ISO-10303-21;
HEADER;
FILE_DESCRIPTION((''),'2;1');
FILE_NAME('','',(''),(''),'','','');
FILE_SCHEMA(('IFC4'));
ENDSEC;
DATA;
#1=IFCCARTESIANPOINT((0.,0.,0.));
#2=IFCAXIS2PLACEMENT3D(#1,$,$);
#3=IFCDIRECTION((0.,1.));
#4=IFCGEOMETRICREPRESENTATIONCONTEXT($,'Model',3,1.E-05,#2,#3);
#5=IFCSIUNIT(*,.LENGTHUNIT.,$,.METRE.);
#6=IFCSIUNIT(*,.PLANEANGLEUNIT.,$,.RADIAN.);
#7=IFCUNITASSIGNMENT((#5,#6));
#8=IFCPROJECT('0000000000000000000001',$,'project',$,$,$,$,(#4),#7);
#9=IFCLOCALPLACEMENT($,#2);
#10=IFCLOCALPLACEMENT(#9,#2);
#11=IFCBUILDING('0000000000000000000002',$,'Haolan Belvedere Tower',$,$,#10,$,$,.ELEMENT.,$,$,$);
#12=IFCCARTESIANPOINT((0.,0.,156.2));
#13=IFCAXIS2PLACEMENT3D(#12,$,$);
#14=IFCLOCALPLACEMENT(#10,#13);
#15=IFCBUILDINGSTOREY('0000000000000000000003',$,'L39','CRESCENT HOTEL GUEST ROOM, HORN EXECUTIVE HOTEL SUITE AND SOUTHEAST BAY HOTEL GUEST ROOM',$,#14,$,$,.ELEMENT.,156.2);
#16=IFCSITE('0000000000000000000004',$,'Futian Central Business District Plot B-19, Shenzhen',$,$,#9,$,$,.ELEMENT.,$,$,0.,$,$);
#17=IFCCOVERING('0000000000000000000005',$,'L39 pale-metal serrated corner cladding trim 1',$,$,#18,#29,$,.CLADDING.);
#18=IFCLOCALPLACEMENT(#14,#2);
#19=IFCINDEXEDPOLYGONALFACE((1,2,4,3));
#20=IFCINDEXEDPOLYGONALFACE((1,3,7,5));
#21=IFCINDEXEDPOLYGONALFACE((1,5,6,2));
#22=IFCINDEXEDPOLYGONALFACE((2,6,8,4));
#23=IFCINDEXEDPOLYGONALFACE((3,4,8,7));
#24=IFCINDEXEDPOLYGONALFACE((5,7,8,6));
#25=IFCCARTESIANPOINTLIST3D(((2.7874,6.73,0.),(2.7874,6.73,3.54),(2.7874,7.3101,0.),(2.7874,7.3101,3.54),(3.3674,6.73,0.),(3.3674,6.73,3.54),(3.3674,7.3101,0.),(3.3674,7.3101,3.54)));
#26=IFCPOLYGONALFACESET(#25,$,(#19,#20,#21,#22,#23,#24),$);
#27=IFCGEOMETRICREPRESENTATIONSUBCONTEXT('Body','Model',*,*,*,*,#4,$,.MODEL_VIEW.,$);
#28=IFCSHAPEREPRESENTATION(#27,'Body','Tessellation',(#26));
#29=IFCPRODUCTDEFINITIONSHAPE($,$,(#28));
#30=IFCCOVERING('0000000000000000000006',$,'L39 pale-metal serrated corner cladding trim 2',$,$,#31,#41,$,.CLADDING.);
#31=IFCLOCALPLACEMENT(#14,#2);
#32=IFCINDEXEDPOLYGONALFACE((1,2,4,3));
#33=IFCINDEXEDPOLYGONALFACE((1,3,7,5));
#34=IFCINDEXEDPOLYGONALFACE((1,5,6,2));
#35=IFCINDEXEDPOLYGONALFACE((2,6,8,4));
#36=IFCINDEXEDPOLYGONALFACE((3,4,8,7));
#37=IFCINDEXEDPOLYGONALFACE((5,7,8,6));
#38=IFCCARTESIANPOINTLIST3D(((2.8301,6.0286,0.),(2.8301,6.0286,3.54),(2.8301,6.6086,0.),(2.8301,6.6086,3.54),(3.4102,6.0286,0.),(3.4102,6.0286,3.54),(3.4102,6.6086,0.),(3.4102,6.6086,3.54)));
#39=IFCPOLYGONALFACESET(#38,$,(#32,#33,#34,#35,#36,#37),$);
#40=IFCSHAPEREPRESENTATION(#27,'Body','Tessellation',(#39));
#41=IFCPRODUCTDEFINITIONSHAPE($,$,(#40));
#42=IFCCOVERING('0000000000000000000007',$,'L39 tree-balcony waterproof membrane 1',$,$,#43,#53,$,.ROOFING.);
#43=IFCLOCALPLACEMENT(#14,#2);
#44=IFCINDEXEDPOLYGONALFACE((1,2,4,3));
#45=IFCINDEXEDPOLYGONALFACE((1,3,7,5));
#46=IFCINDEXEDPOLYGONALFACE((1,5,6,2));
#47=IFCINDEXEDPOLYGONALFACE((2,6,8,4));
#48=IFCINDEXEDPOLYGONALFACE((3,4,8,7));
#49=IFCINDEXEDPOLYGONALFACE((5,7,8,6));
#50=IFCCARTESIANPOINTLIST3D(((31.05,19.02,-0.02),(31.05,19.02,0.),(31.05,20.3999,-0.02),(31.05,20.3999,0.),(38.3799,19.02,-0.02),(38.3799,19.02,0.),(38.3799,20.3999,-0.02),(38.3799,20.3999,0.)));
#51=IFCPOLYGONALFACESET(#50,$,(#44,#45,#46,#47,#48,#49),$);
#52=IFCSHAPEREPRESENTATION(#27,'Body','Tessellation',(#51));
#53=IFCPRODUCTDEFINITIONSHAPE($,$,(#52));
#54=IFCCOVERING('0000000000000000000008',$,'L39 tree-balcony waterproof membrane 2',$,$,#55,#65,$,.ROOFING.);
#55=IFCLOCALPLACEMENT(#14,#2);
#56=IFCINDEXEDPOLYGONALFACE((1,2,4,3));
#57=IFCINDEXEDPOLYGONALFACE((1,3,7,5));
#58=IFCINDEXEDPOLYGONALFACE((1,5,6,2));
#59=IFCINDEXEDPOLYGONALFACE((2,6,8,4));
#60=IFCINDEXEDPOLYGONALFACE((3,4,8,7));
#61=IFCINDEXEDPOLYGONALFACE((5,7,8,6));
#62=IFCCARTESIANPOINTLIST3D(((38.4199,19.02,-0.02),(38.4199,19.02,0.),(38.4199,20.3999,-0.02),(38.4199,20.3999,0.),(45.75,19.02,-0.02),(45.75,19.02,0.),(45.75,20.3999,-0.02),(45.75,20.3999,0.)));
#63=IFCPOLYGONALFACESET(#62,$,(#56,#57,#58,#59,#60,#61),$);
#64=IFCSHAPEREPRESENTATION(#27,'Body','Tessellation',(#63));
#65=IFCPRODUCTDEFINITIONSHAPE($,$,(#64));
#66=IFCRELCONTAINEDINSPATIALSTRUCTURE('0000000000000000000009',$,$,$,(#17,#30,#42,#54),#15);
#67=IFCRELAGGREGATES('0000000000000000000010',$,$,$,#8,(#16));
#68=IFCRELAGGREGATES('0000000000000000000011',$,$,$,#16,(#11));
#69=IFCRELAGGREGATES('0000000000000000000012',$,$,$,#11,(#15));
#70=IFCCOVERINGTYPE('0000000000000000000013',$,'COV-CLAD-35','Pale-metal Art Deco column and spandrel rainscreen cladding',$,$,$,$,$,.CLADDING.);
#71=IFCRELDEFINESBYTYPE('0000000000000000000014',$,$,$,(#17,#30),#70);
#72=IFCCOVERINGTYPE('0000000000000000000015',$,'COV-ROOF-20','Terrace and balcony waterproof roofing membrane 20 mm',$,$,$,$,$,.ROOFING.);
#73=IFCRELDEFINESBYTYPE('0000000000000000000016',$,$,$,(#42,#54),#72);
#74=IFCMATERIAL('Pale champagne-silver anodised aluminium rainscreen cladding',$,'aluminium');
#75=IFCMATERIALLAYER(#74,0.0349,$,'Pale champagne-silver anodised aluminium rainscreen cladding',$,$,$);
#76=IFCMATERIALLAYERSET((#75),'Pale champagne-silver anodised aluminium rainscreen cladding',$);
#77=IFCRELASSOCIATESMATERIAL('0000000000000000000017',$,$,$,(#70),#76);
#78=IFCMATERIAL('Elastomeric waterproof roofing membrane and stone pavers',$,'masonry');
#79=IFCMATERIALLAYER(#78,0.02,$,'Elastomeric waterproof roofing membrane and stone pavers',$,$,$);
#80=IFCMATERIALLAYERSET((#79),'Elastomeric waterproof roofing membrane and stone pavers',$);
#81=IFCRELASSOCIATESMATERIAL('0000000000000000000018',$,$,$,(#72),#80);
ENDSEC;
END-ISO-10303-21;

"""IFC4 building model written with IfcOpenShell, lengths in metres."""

from ifc_helpers import new_model, si_unit, direction, frame, origin, origin_2d, place, context, subcontext, project, spatial, polyline, rectangle, outline, extrude, material, layer, layer_set, type_object, element, save


model = new_model("IFC4")

# Units and contexts
model_context = context("Model", 3, precision=1e-05, world=origin(), true_north=direction((0.0, 1.0)))
body_context = subcontext(model_context, "Body", "Model", "MODEL_VIEW")
ifc_project = project(units=[si_unit("LENGTHUNIT", "METRE"), si_unit("PLANEANGLEUNIT", "RADIAN")], contexts=[model_context])

# Site, building, storey
site_placement = place(None, origin())
site = spatial("IfcSite", under=ifc_project, at=site_placement, Name="Futian Central Business District Plot B-19, Shenzhen", CompositionType="ELEMENT", RefElevation=0.0)
building_placement = place(site_placement, origin())
building = spatial("IfcBuilding", under=site, at=building_placement, Name="Haolan Belvedere Tower", CompositionType="ELEMENT")
storey_placement = place(building_placement, frame((0.0, 0.0, 156.2)))
storey = spatial("IfcBuildingStorey", under=building, at=storey_placement, Name="L39", Description="CRESCENT HOTEL GUEST ROOM, HORN EXECUTIVE HOTEL SUITE AND SOUTHEAST BAY HOTEL GUEST ROOM", CompositionType="ELEMENT", Elevation=156.2)

# Coverings
ifc_material_1 = material(Name="Pale champagne-silver anodised aluminium rainscreen cladding", Category="aluminium")
ifc_layer_1 = layer(ifc_material_1, 0.0349, Name="Pale champagne-silver anodised aluminium rainscreen cladding")
ifc_layer_set_1 = layer_set([ifc_layer_1], Name="Pale champagne-silver anodised aluminium rainscreen cladding")
covering_type_1 = type_object("IfcCoveringType", Name="COV-CLAD-35", Description="Pale-metal Art Deco column and spandrel rainscreen cladding", PredefinedType="CLADDING", material=ifc_layer_set_1)
for number, where, z_axis, x_axis, name in (
    (1, (3.0774, 7.02, 0.0), (0.0, 0.0, 1.0), (1.0, 0.0, 0.0), "L39 pale-metal serrated corner cladding trim 1"),
    (2, (3.1201, 6.3186, 0.0), (0.0, 0.0, 1.0), (1.0, 0.0, 0.0), "L39 pale-metal serrated corner cladding trim 2"),
):
    element("IfcCovering", number, at=place(storey_placement, frame(where, z_axis=z_axis, x_axis=x_axis)), inside=storey, type_object=covering_type_1, Name=name, PredefinedType="CLADDING", context=body_context, shape_type="SweptSolid", body=[
        extrude(rectangle(XDim=0.5801, YDim=0.5801, at=origin_2d()), origin(), (0.0, 0.0, 1.0), 3.54),
    ])
ifc_material_2 = material(Name="Elastomeric waterproof roofing membrane and stone pavers", Category="masonry")
ifc_layer_2 = layer(ifc_material_2, 0.02, Name="Elastomeric waterproof roofing membrane and stone pavers")
ifc_layer_set_2 = layer_set([ifc_layer_2], Name="Elastomeric waterproof roofing membrane and stone pavers")
covering_type_2 = type_object("IfcCoveringType", Name="COV-ROOF-20", Description="Terrace and balcony waterproof roofing membrane 20 mm", PredefinedType="ROOFING", material=ifc_layer_set_2)
covering_1_placement = place(storey_placement, frame((0.0, 0.0, -0.02)))
element("IfcCovering", 3, at=covering_1_placement, inside=storey, type_object=covering_type_2, Name="L39 tree-balcony waterproof membrane 1", PredefinedType="ROOFING", context=body_context, shape_type="SweptSolid", body=[
    extrude(outline(polyline([(31.05, 19.02), (38.3799, 19.02), (38.3799, 20.3999), (31.05, 20.3999), (31.05, 19.02)])), origin(), (0.0, 0.0, 1.0), 0.02),
])
covering_2_placement = place(storey_placement, frame((0.0, 0.0, -0.02)))
element("IfcCovering", 4, at=covering_2_placement, inside=storey, type_object=covering_type_2, Name="L39 tree-balcony waterproof membrane 2", PredefinedType="ROOFING", context=body_context, shape_type="SweptSolid", body=[
    extrude(outline(polyline([(38.4199, 19.02), (45.75, 19.02), (45.75, 20.3999), (38.4199, 20.3999), (38.4199, 19.02)])), origin(), (0.0, 0.0, 1.0), 0.02),
])

save(model, "model.ifc")
